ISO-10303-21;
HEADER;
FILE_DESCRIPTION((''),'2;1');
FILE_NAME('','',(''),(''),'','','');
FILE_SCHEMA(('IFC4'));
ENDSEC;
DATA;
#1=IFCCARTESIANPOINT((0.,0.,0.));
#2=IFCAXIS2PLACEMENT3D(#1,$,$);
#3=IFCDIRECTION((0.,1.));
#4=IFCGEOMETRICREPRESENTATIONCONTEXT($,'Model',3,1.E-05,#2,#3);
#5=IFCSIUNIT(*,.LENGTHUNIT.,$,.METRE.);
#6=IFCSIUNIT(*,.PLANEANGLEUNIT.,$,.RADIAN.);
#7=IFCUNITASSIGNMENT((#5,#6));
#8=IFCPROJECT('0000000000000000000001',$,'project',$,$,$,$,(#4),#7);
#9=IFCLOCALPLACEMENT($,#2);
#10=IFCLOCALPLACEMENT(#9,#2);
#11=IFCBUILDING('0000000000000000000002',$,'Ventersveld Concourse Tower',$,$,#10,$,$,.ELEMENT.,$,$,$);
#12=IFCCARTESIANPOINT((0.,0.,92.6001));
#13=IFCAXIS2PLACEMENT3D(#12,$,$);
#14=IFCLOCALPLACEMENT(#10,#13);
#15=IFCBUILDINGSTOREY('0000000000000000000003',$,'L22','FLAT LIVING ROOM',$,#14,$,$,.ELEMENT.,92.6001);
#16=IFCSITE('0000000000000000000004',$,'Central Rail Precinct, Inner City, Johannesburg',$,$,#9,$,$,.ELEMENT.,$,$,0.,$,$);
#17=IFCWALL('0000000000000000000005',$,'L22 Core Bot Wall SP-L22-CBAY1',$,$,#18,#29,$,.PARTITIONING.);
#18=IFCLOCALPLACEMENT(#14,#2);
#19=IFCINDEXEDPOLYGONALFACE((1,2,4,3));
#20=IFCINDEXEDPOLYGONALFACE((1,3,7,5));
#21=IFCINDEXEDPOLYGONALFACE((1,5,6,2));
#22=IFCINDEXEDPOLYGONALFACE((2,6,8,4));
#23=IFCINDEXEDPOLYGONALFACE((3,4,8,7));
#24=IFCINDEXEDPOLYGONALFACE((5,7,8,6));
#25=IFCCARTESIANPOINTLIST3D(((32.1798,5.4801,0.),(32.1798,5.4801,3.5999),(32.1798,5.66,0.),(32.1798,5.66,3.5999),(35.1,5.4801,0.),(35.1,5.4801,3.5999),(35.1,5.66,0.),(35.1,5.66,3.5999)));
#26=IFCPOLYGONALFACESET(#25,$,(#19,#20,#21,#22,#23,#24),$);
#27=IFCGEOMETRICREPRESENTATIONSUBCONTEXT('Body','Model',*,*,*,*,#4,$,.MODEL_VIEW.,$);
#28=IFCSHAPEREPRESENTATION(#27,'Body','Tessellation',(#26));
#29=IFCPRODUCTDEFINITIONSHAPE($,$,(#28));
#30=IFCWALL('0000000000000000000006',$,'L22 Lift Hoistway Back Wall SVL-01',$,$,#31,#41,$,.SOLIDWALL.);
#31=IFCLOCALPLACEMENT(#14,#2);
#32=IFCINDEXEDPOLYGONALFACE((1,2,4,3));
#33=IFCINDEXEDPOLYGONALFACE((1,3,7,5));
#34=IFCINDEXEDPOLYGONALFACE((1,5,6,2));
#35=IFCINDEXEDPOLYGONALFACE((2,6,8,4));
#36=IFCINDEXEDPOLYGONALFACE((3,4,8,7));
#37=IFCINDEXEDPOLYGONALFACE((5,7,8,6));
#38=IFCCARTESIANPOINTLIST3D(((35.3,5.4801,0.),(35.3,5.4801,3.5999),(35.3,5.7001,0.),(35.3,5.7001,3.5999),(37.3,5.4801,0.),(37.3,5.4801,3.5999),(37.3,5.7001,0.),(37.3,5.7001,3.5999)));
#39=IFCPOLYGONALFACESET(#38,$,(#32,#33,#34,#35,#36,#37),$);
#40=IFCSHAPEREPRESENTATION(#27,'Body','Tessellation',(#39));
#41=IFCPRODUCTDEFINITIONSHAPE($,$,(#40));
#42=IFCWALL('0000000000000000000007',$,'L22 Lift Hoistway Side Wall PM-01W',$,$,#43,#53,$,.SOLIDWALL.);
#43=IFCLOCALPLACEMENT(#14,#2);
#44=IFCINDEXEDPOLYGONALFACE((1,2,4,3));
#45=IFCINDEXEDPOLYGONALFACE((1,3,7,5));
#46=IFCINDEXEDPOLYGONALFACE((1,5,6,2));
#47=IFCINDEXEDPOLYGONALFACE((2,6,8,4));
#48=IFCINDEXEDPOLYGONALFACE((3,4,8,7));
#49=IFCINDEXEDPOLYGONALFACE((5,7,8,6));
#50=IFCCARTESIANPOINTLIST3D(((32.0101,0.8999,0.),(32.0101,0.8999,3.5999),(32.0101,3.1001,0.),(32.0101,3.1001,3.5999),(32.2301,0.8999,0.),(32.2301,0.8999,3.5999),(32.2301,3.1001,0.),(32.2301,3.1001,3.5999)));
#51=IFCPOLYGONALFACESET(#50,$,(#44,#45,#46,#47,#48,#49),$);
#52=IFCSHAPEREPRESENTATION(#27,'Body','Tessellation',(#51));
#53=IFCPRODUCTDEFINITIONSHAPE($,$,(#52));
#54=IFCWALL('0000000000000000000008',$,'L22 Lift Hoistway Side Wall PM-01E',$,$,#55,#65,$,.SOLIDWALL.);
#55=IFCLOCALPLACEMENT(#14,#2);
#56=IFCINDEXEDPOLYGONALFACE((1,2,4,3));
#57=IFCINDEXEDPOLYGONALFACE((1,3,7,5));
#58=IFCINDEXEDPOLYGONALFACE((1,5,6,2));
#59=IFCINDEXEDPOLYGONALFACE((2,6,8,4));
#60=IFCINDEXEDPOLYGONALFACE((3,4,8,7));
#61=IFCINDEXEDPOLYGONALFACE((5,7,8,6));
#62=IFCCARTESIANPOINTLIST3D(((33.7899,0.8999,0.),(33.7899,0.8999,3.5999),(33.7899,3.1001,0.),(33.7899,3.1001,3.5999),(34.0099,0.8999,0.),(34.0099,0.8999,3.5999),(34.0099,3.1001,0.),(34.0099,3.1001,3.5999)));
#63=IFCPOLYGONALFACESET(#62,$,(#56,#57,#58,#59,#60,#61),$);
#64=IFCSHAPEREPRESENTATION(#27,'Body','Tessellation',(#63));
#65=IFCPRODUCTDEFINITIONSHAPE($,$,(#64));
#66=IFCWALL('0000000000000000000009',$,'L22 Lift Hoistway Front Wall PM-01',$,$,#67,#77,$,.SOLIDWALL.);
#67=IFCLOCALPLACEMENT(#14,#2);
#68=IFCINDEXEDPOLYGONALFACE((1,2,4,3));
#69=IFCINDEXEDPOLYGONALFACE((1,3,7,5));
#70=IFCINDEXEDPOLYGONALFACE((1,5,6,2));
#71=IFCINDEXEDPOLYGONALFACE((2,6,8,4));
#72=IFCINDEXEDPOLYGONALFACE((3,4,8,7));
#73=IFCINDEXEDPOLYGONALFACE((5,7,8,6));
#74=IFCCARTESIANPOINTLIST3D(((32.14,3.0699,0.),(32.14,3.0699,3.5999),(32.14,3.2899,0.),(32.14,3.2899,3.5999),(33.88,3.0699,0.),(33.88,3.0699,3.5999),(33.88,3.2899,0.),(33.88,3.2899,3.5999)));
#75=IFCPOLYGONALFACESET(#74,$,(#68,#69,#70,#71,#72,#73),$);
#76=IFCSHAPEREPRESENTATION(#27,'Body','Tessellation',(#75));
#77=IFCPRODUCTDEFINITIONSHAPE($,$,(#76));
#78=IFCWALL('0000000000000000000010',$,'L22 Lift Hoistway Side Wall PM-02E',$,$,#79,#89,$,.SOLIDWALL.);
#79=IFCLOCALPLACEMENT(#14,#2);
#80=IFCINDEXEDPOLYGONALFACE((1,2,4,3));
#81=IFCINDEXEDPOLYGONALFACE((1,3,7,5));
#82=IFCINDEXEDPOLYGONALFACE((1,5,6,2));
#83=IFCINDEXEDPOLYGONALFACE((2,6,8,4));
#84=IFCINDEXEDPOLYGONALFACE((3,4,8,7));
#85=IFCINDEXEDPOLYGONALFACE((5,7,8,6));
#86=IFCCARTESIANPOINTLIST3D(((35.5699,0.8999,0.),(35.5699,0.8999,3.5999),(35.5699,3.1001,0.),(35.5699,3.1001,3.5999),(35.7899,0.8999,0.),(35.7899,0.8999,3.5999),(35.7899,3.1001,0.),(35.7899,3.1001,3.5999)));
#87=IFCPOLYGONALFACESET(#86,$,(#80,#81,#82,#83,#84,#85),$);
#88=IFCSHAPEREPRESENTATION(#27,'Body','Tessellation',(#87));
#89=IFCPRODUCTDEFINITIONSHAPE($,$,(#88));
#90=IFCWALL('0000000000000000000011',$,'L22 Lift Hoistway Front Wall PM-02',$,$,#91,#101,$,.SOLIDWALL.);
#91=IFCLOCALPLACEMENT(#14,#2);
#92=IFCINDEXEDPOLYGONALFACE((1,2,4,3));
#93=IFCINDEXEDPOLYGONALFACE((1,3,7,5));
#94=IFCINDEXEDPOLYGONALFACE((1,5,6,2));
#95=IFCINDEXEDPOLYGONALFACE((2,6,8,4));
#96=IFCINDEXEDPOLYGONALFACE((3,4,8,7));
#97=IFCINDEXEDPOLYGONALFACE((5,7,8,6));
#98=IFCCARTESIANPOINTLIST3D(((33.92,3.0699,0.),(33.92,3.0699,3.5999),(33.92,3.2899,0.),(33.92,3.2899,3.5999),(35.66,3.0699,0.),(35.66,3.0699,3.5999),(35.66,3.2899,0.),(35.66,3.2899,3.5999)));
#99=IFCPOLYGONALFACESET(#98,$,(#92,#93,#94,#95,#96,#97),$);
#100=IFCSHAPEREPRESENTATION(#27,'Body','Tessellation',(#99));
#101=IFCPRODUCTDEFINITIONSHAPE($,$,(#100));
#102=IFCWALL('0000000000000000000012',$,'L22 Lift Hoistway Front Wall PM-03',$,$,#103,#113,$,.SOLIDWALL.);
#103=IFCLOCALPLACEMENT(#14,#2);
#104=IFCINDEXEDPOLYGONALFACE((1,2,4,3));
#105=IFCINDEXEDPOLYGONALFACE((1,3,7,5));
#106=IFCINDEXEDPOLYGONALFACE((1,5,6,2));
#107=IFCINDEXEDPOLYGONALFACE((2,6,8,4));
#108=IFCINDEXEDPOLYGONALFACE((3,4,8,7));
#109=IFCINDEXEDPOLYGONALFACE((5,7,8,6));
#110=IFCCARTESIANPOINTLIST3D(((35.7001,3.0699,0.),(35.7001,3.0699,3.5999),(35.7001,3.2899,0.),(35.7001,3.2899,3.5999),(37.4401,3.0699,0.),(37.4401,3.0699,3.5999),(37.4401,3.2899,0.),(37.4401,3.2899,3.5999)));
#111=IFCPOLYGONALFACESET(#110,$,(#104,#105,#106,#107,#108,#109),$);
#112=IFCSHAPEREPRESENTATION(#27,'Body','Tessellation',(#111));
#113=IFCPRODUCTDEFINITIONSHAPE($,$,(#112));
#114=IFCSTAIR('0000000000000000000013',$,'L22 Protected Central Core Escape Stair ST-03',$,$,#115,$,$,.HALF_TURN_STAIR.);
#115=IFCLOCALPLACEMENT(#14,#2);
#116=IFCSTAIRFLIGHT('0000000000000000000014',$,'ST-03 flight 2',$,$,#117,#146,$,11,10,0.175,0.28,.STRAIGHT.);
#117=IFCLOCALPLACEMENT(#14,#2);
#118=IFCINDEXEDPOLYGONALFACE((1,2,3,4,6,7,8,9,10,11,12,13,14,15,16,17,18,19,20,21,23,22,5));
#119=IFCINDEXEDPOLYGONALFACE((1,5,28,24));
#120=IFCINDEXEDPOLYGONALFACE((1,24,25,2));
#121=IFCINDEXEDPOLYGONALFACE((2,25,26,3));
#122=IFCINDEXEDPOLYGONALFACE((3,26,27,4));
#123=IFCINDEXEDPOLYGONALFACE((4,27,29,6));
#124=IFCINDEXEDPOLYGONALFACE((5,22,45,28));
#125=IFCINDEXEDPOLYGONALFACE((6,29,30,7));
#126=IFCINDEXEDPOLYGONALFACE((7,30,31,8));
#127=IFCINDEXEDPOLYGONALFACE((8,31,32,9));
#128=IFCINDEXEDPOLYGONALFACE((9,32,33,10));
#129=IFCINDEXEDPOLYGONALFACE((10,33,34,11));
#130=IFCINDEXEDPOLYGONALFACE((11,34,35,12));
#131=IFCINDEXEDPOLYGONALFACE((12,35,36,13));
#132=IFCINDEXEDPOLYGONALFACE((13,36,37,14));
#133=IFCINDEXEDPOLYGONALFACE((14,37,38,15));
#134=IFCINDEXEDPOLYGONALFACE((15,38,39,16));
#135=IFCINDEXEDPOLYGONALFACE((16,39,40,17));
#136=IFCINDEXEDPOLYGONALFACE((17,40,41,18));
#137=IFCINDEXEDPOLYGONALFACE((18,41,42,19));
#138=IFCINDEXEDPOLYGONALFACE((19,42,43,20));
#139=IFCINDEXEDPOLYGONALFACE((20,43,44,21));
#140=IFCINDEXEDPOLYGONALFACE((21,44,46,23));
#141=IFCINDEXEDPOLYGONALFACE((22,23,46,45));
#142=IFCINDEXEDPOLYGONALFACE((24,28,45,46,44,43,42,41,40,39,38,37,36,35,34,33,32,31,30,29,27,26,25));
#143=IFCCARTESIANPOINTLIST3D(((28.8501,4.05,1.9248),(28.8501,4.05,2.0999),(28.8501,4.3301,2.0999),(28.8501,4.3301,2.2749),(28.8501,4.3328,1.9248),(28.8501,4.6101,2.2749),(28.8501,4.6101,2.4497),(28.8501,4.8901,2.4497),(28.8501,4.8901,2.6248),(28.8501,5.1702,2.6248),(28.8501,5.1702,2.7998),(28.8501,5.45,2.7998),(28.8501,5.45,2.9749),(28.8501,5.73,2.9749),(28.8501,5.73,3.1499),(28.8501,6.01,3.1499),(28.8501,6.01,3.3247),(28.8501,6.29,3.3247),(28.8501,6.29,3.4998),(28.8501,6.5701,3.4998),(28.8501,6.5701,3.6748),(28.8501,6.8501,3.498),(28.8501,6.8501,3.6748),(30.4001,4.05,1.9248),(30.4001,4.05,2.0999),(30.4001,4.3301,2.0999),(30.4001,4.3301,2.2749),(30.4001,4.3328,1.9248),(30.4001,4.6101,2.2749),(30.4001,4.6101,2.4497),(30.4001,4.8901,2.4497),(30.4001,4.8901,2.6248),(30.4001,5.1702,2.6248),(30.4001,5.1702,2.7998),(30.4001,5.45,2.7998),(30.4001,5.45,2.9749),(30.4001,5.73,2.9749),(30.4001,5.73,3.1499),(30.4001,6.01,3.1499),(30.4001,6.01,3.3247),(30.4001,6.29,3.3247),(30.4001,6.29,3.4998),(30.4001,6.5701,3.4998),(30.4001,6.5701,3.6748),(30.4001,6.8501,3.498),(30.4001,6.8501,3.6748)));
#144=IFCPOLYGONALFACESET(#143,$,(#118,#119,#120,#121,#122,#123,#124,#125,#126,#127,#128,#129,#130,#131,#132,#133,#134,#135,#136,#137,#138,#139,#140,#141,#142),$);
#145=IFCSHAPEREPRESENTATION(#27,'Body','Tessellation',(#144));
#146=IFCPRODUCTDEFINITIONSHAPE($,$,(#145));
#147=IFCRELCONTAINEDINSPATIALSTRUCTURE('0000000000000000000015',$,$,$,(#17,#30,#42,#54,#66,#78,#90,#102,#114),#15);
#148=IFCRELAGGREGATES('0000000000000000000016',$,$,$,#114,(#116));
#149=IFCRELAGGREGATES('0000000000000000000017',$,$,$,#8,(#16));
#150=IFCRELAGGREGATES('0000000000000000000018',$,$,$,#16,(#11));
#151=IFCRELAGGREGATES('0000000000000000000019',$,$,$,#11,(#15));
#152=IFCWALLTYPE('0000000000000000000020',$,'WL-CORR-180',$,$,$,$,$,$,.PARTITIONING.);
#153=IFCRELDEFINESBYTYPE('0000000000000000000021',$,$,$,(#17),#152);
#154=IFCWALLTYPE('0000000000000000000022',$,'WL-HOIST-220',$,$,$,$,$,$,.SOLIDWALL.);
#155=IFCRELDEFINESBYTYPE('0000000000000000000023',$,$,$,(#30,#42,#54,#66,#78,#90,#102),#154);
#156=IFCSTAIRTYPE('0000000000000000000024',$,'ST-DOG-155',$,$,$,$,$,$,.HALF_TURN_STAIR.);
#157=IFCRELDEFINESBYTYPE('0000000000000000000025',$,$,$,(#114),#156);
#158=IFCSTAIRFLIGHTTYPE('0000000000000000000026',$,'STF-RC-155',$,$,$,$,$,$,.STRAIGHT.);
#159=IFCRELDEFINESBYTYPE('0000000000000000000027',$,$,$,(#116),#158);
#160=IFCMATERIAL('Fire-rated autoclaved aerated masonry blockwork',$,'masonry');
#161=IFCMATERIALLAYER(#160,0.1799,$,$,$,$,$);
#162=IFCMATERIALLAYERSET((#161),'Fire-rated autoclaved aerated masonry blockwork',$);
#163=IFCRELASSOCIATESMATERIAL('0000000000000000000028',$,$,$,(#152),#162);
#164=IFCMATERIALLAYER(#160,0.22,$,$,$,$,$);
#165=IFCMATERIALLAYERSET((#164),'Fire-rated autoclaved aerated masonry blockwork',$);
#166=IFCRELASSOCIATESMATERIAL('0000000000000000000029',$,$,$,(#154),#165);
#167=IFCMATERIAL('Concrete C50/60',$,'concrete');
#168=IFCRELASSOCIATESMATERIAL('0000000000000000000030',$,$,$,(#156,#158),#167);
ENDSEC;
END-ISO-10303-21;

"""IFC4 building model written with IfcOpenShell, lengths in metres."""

from ifc_helpers import new_model, si_unit, direction, frame, frame_2d, origin, place, context, subcontext, project, spatial, polyline, rectangle, outline, extrude, material, layer, layer_set, type_object, element, aggregate, save


model = new_model("IFC4")

# Units and contexts
model_context = context("Model", 3, precision=1e-05, world=origin(), true_north=direction((0.0, 1.0)))
body_context = subcontext(model_context, "Body", "Model", "MODEL_VIEW")
ifc_project = project(units=[si_unit("LENGTHUNIT", "METRE"), si_unit("PLANEANGLEUNIT", "RADIAN")], contexts=[model_context])

# Site, building, storey
site_placement = place(None, origin())
site = spatial("IfcSite", under=ifc_project, at=site_placement, Name="Central Rail Precinct, Inner City, Johannesburg", CompositionType="ELEMENT", RefElevation=0.0)
building_placement = place(site_placement, origin())
building = spatial("IfcBuilding", under=site, at=building_placement, Name="Ventersveld Concourse Tower", CompositionType="ELEMENT")
storey_placement = place(building_placement, frame((0.0, 0.0, 92.6001)))
storey = spatial("IfcBuildingStorey", under=building, at=storey_placement, Name="L22", Description="FLAT LIVING ROOM", CompositionType="ELEMENT", Elevation=92.6001)

# Shared definitions
ifc_material_1 = material(Name="Concrete C50/60", Category="concrete")

# Walls
ifc_material_2 = material(Name="Fire-rated autoclaved aerated masonry blockwork", Category="masonry")
ifc_layer_1 = layer(ifc_material_2, 0.1799)
ifc_layer_set_1 = layer_set([ifc_layer_1], Name="Fire-rated autoclaved aerated masonry blockwork")
wall_type_1 = type_object("IfcWallType", Name="WL-CORR-180", PredefinedType="PARTITIONING", material=ifc_layer_set_1)
wall_1_placement = place(storey_placement, frame((32.1799, 5.5701, 0.0), z_axis=(0.0, 0.0, 1.0), x_axis=(1.0, 0.0, 0.0)))
element("IfcWall", 1, at=wall_1_placement, inside=storey, type_object=wall_type_1, Name="L22 Core Bot Wall SP-L22-CBAY1", PredefinedType="PARTITIONING", context=body_context, shape_type="SweptSolid", body=[
    extrude(rectangle(XDim=2.9202, YDim=0.1799, at=frame_2d((1.46, 0.0))), origin(), (0.0, 0.0, 1.0), 3.5999),
])
ifc_layer_2 = layer(ifc_material_2, 0.22)
ifc_layer_set_2 = layer_set([ifc_layer_2], Name="Fire-rated autoclaved aerated masonry blockwork")
wall_type_2 = type_object("IfcWallType", Name="WL-HOIST-220", PredefinedType="SOLIDWALL", material=ifc_layer_set_2)
wall_2_placement = place(storey_placement, frame((35.3, 5.5901, 0.0), z_axis=(0.0, 0.0, 1.0), x_axis=(1.0, 0.0, 0.0)))
element("IfcWall", 2, at=wall_2_placement, inside=storey, type_object=wall_type_2, Name="L22 Lift Hoistway Back Wall SVL-01", PredefinedType="SOLIDWALL", context=body_context, shape_type="SweptSolid", body=[
    extrude(rectangle(XDim=2.0, YDim=0.22, at=frame_2d((1.0, 0.0))), origin(), (0.0, 0.0, 1.0), 3.5999),
])
for number, where, z_axis, x_axis, name in (
    (3, (32.1201, 0.8999, 0.0), (0.0, 0.0, 1.0), (0.0, 1.0, 0.0), "L22 Lift Hoistway Side Wall PM-01W"),
    (4, (33.8999, 0.8999, 0.0), (0.0, 0.0, 1.0), (0.0, 1.0, 0.0), "L22 Lift Hoistway Side Wall PM-01E"),
):
    element("IfcWall", number, at=place(storey_placement, frame(where, z_axis=z_axis, x_axis=x_axis)), inside=storey, type_object=wall_type_2, Name=name, PredefinedType="SOLIDWALL", context=body_context, shape_type="SweptSolid", body=[
        extrude(rectangle(XDim=2.2002, YDim=0.22, at=frame_2d((1.1001, 0.0))), origin(), (0.0, 0.0, 1.0), 3.5999),
    ])
wall_3_placement = place(storey_placement, frame((32.1399, 3.1799, 0.0), z_axis=(0.0, 0.0, 1.0), x_axis=(1.0, 0.0, 0.0)))
element("IfcWall", 5, at=wall_3_placement, inside=storey, type_object=wall_type_2, Name="L22 Lift Hoistway Front Wall PM-01", PredefinedType="SOLIDWALL", context=body_context, shape_type="SweptSolid", body=[
    extrude(rectangle(XDim=1.74, YDim=0.22, at=frame_2d((0.8701, 0.0))), origin(), (0.0, 0.0, 1.0), 3.5999),
])
wall_4_placement = place(storey_placement, frame((35.6799, 0.8999, 0.0), z_axis=(0.0, 0.0, 1.0), x_axis=(0.0, 1.0, 0.0)))
element("IfcWall", 6, at=wall_4_placement, inside=storey, type_object=wall_type_2, Name="L22 Lift Hoistway Side Wall PM-02E", PredefinedType="SOLIDWALL", context=body_context, shape_type="SweptSolid", body=[
    extrude(rectangle(XDim=2.2002, YDim=0.22, at=frame_2d((1.1001, 0.0))), origin(), (0.0, 0.0, 1.0), 3.5999),
])
for number, where, z_axis, x_axis, name in (
    (7, (33.9199, 3.1799, 0.0), (0.0, 0.0, 1.0), (1.0, 0.0, 0.0), "L22 Lift Hoistway Front Wall PM-02"),
    (8, (35.7, 3.1799, 0.0), (0.0, 0.0, 1.0), (1.0, 0.0, 0.0), "L22 Lift Hoistway Front Wall PM-03"),
):
    element("IfcWall", number, at=place(storey_placement, frame(where, z_axis=z_axis, x_axis=x_axis)), inside=storey, type_object=wall_type_2, Name=name, PredefinedType="SOLIDWALL", context=body_context, shape_type="SweptSolid", body=[
        extrude(rectangle(XDim=1.74, YDim=0.22, at=frame_2d((0.8701, 0.0))), origin(), (0.0, 0.0, 1.0), 3.5999),
    ])

# Stair, stair flight
stair_type = type_object("IfcStairType", Name="ST-DOG-155", PredefinedType="HALF_TURN_STAIR", material=ifc_material_1)
stair_placement = place(storey_placement, origin())
stair = element("IfcStair", 9, at=stair_placement, inside=storey, type_object=stair_type, Name="L22 Protected Central Core Escape Stair ST-03", PredefinedType="HALF_TURN_STAIR")
stair_flight_type = type_object("IfcStairFlightType", Name="STF-RC-155", PredefinedType="STRAIGHT", material=ifc_material_1)
stair_flight_placement = place(storey_placement, frame((29.625, 4.05, 1.9248), z_axis=(0.0, 0.0, 1.0), x_axis=(0.0, 1.0, 0.0)))
stair_flight = element("IfcStairFlight", 10, at=stair_flight_placement, type_object=stair_flight_type, Name="ST-03 flight 2", NumberOfRisers=11, NumberOfTreads=10, PredefinedType="STRAIGHT", RiserHeight=0.175, TreadLength=0.28, context=body_context, shape_type="SweptSolid", body=[
    extrude(outline(polyline([(0.0, 0.0), (0.0, 0.175), (0.28, 0.175), (0.28, 0.3501), (0.5601, 0.3501), (0.5601, 0.5249), (0.8401, 0.5249), (0.8401, 0.7), (1.1201, 0.7), (1.1201, 0.875), (1.3999, 0.875), (1.3999, 1.05), (1.6799, 1.05), (1.6799, 1.2251), (1.96, 1.2251), (1.96, 1.3999), (2.24, 1.3999), (2.24, 1.575), (2.52, 1.575), (2.52, 1.75), (2.8, 1.75), (2.8, 1.925), (2.8, 1.5732), (0.2827, 0.0), (0.0, 0.0)])), frame((0.0, 0.7749, 0.0), z_axis=(0.0, -1.0, 0.0), x_axis=(1.0, 0.0, 0.0)), (0.0, 0.0, 1.0), 1.55),
])
aggregate(stair, [stair_flight])

save(model, "model.ifc")
